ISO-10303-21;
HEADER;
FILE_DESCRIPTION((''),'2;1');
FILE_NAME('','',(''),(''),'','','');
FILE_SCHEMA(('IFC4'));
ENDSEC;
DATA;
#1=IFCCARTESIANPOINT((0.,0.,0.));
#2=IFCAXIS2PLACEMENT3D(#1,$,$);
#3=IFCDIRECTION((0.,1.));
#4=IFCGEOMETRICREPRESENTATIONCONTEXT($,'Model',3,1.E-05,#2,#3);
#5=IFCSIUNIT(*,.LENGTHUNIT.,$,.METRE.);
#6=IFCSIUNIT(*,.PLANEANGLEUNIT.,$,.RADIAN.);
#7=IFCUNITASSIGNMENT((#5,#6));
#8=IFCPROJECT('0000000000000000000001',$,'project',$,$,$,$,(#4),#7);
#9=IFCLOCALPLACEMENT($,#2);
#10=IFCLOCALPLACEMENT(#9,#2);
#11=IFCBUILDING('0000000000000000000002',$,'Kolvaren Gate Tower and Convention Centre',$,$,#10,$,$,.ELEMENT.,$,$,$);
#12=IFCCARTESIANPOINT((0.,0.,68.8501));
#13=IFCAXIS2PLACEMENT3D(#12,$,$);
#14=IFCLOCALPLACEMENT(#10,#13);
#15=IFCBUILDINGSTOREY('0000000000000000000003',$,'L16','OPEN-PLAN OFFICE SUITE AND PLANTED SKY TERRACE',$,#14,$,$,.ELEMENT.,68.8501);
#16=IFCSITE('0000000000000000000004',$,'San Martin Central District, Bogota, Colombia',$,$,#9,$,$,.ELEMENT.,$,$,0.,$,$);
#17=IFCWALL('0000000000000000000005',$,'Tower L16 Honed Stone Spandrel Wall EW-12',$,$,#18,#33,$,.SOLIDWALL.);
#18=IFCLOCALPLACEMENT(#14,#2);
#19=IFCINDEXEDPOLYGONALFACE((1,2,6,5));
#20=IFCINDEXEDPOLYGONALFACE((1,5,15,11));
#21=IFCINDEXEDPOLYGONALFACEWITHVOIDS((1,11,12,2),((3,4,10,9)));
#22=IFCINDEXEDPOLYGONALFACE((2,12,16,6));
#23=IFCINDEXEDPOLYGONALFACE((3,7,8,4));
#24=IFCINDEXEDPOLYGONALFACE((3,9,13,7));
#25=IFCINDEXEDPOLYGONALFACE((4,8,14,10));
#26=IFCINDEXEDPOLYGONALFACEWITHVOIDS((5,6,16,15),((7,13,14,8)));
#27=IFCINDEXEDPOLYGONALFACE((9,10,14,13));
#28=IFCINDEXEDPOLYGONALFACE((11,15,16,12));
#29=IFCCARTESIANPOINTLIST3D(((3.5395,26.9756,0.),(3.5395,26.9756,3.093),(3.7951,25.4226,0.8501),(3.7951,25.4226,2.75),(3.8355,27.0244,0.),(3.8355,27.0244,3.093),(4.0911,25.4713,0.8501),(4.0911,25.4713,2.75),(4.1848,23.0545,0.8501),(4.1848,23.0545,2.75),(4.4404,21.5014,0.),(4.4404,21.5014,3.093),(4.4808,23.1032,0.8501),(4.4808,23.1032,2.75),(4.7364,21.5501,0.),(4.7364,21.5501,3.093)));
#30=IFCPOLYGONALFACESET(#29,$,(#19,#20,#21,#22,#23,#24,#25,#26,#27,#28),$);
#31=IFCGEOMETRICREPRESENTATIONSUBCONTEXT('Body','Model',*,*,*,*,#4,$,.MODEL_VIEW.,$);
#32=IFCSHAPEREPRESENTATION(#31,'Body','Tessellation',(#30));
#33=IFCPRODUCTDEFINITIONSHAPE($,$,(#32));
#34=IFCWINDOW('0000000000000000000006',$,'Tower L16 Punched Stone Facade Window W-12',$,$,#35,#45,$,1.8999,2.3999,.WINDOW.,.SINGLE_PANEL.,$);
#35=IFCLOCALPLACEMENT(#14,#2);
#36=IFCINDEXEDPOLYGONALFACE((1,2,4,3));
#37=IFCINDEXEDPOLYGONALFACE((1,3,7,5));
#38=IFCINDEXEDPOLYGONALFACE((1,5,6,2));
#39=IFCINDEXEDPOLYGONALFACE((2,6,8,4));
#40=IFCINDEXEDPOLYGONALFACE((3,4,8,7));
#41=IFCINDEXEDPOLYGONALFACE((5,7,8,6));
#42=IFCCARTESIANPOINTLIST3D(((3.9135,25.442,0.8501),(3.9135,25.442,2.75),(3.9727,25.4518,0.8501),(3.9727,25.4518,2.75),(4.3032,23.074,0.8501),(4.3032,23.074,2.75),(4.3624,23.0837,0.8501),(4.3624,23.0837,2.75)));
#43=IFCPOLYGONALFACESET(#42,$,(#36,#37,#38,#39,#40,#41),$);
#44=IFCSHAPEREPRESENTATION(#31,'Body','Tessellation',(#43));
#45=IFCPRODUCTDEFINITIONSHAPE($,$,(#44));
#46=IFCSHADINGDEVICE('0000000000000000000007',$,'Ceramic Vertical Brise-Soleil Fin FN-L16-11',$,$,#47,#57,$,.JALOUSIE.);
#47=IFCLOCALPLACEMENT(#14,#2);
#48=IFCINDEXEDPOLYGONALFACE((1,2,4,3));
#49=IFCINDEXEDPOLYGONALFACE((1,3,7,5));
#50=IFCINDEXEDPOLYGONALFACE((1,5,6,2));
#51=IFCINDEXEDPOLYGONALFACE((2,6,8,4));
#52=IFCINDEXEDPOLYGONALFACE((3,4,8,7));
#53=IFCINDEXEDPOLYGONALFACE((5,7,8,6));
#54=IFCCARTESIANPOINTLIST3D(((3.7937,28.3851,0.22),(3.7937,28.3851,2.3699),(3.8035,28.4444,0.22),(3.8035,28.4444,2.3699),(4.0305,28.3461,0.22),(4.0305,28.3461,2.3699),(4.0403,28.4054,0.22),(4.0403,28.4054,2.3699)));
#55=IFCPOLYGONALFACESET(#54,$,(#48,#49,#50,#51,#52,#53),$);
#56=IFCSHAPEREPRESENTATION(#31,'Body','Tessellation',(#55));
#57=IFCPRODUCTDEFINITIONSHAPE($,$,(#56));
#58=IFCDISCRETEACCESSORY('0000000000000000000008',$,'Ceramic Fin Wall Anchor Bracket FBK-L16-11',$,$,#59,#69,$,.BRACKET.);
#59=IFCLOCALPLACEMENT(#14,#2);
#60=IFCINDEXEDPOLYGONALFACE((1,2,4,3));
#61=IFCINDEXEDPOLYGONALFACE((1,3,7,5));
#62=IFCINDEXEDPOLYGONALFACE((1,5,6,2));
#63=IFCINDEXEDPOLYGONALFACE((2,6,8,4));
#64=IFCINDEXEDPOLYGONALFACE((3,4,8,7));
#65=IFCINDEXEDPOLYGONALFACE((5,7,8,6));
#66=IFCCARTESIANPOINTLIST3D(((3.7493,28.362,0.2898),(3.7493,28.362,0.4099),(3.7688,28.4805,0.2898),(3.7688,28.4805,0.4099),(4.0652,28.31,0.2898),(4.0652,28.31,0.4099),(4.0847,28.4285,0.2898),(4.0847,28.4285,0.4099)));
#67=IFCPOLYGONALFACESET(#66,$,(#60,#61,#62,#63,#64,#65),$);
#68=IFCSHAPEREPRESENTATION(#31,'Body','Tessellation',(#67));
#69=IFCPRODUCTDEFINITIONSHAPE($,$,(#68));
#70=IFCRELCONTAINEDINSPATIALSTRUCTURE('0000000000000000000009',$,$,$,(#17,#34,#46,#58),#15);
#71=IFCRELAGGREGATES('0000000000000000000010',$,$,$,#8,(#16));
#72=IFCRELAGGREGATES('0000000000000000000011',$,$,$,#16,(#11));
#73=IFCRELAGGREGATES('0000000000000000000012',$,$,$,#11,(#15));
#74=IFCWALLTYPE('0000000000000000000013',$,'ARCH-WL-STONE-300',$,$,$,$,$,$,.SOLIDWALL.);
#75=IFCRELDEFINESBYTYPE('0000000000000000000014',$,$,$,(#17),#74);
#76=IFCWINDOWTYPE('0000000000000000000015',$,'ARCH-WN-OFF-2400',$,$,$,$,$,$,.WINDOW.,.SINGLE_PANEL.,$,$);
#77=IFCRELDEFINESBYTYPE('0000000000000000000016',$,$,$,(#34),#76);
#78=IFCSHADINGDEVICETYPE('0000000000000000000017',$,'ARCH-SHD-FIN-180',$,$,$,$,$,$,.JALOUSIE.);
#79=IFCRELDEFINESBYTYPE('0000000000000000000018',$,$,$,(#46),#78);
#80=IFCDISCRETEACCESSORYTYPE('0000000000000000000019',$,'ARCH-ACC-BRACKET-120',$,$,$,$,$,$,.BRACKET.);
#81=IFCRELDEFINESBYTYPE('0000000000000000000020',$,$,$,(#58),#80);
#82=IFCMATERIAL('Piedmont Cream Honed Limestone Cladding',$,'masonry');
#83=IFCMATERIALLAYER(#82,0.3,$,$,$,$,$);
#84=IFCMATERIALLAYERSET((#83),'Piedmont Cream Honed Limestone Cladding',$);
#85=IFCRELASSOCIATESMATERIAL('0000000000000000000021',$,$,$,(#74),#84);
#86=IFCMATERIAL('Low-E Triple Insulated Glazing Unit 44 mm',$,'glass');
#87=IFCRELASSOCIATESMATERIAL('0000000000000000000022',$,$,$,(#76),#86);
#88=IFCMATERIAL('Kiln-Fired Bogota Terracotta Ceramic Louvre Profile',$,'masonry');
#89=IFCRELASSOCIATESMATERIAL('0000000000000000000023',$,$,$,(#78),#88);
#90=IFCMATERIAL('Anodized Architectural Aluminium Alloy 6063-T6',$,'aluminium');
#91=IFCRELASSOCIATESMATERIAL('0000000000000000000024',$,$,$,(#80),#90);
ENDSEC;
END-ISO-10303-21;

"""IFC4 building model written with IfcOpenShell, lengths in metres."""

from ifc_helpers import new_model, si_unit, direction, frame, frame_2d, origin, origin_2d, place, context, subcontext, project, spatial, rectangle, extrude, material, layer, layer_set, type_object, element, fill, save


model = new_model("IFC4")

# Units and contexts
model_context = context("Model", 3, precision=1e-05, world=origin(), true_north=direction((0.0, 1.0)))
body_context = subcontext(model_context, "Body", "Model", "MODEL_VIEW")
ifc_project = project(units=[si_unit("LENGTHUNIT", "METRE"), si_unit("PLANEANGLEUNIT", "RADIAN")], contexts=[model_context])

# Site, building, storey
site_placement = place(None, origin())
site = spatial("IfcSite", under=ifc_project, at=site_placement, Name="San Martin Central District, Bogota, Colombia", CompositionType="ELEMENT", RefElevation=0.0)
building_placement = place(site_placement, origin())
building = spatial("IfcBuilding", under=site, at=building_placement, Name="Kolvaren Gate Tower and Convention Centre", CompositionType="ELEMENT")
storey_placement = place(building_placement, frame((0.0, 0.0, 68.8501)))
storey = spatial("IfcBuildingStorey", under=building, at=storey_placement, Name="L16", Description="OPEN-PLAN OFFICE SUITE AND PLANTED SKY TERRACE", CompositionType="ELEMENT", Elevation=68.8501)

# Shared definitions
ifc_material_1 = material(Name="Piedmont Cream Honed Limestone Cladding", Category="masonry")

# Wall, opening, window
ifc_layer_1 = layer(ifc_material_1, 0.3)
ifc_layer_set_1 = layer_set([ifc_layer_1], Name="Piedmont Cream Honed Limestone Cladding")
wall_type_1 = type_object("IfcWallType", Name="ARCH-WL-STONE-300", PredefinedType="SOLIDWALL", material=ifc_layer_set_1)
ifc_material_2 = material(Name="Low-E Triple Insulated Glazing Unit 44 mm", Category="glass")
window_type = type_object("IfcWindowType", Name="ARCH-WN-OFF-2400", PartitioningType="SINGLE_PANEL", PredefinedType="WINDOW", material=ifc_material_2)
wall_1_placement = place(storey_placement, frame((3.6875, 27.0, 0.0), z_axis=(0.0, 0.0, 1.0), x_axis=(0.162386, -0.986727, 0.0)))
wall_1 = element("IfcWall", 1, at=wall_1_placement, inside=storey, type_object=wall_type_1, Name="Tower L16 Honed Stone Spandrel Wall EW-12", PredefinedType="SOLIDWALL", context=body_context, shape_type="SweptSolid", body=[
    extrude(rectangle(XDim=5.5479, YDim=0.3, at=frame_2d((2.7739, 0.0))), origin(), (0.0, 0.0, 1.0), 3.093),
])
opening_1_placement = place(wall_1_placement, frame((1.574, 0.0, 0.8501)))
opening_1 = element("IfcOpeningElement", 2, at=opening_1_placement, cuts=wall_1, PredefinedType="OPENING", context=body_context, shape_type="SweptSolid", body=[
    extrude(rectangle(XDim=2.3999, YDim=1.8999, at=frame_2d((1.2, 0.95))), frame((0.0, 0.1599, 0.0), z_axis=(0.0, -1.0, 0.0), x_axis=(1.0, 0.0, 0.0)), (0.0, 0.0, 1.0), 0.3201),
])
window_1_placement = place(opening_1_placement, origin())
window_1 = element("IfcWindow", 3, at=window_1_placement, inside=storey, type_object=window_type, Name="Tower L16 Punched Stone Facade Window W-12", OverallHeight=1.8999, OverallWidth=2.3999, PartitioningType="SINGLE_PANEL", PredefinedType="WINDOW", context=body_context, shape_type="SweptSolid", body=[
    extrude(rectangle(XDim=2.3999, YDim=1.8999, at=frame_2d((1.2, 0.95))), frame((0.0, 0.03, 0.0), z_axis=(0.0, -1.0, 0.0), x_axis=(1.0, 0.0, 0.0)), (0.0, 0.0, 1.0), 0.0601),
])
fill(opening_1, window_1)

# Shading device
ifc_material_3 = material(Name="Kiln-Fired Bogota Terracotta Ceramic Louvre Profile", Category="masonry")
shading_device_type = type_object("IfcShadingDeviceType", Name="ARCH-SHD-FIN-180", PredefinedType="JALOUSIE", material=ifc_material_3)
shading_device_placement = place(storey_placement, frame((3.917, 28.3953, 0.22), z_axis=(0.0, 0.0, 1.0), x_axis=(0.162375, 0.986729, 0.0)))
element("IfcShadingDevice", 4, at=shading_device_placement, inside=storey, type_object=shading_device_type, Name="Ceramic Vertical Brise-Soleil Fin FN-L16-11", PredefinedType="JALOUSIE", context=body_context, shape_type="SweptSolid", body=[
    extrude(rectangle(XDim=0.0601, YDim=0.24, at=origin_2d()), origin(), (0.0, 0.0, 1.0), 2.1499),
])

# Discrete accessory
ifc_material_4 = material(Name="Anodized Architectural Aluminium Alloy 6063-T6", Category="aluminium")
discrete_accessory_type = type_object("IfcDiscreteAccessoryType", Name="ARCH-ACC-BRACKET-120", PredefinedType="BRACKET", material=ifc_material_4)
discrete_accessory_placement = place(storey_placement, frame((3.917, 28.3953, 0.2898), z_axis=(0.0, 0.0, 1.0), x_axis=(0.162375, 0.986729, 0.0)))
element("IfcDiscreteAccessory", 5, at=discrete_accessory_placement, inside=storey, type_object=discrete_accessory_type, Name="Ceramic Fin Wall Anchor Bracket FBK-L16-11", PredefinedType="BRACKET", context=body_context, shape_type="SweptSolid", body=[
    extrude(rectangle(XDim=0.1201, YDim=0.3201, at=origin_2d()), origin(), (0.0, 0.0, 1.0), 0.1201),
])

save(model, "model.ifc")
